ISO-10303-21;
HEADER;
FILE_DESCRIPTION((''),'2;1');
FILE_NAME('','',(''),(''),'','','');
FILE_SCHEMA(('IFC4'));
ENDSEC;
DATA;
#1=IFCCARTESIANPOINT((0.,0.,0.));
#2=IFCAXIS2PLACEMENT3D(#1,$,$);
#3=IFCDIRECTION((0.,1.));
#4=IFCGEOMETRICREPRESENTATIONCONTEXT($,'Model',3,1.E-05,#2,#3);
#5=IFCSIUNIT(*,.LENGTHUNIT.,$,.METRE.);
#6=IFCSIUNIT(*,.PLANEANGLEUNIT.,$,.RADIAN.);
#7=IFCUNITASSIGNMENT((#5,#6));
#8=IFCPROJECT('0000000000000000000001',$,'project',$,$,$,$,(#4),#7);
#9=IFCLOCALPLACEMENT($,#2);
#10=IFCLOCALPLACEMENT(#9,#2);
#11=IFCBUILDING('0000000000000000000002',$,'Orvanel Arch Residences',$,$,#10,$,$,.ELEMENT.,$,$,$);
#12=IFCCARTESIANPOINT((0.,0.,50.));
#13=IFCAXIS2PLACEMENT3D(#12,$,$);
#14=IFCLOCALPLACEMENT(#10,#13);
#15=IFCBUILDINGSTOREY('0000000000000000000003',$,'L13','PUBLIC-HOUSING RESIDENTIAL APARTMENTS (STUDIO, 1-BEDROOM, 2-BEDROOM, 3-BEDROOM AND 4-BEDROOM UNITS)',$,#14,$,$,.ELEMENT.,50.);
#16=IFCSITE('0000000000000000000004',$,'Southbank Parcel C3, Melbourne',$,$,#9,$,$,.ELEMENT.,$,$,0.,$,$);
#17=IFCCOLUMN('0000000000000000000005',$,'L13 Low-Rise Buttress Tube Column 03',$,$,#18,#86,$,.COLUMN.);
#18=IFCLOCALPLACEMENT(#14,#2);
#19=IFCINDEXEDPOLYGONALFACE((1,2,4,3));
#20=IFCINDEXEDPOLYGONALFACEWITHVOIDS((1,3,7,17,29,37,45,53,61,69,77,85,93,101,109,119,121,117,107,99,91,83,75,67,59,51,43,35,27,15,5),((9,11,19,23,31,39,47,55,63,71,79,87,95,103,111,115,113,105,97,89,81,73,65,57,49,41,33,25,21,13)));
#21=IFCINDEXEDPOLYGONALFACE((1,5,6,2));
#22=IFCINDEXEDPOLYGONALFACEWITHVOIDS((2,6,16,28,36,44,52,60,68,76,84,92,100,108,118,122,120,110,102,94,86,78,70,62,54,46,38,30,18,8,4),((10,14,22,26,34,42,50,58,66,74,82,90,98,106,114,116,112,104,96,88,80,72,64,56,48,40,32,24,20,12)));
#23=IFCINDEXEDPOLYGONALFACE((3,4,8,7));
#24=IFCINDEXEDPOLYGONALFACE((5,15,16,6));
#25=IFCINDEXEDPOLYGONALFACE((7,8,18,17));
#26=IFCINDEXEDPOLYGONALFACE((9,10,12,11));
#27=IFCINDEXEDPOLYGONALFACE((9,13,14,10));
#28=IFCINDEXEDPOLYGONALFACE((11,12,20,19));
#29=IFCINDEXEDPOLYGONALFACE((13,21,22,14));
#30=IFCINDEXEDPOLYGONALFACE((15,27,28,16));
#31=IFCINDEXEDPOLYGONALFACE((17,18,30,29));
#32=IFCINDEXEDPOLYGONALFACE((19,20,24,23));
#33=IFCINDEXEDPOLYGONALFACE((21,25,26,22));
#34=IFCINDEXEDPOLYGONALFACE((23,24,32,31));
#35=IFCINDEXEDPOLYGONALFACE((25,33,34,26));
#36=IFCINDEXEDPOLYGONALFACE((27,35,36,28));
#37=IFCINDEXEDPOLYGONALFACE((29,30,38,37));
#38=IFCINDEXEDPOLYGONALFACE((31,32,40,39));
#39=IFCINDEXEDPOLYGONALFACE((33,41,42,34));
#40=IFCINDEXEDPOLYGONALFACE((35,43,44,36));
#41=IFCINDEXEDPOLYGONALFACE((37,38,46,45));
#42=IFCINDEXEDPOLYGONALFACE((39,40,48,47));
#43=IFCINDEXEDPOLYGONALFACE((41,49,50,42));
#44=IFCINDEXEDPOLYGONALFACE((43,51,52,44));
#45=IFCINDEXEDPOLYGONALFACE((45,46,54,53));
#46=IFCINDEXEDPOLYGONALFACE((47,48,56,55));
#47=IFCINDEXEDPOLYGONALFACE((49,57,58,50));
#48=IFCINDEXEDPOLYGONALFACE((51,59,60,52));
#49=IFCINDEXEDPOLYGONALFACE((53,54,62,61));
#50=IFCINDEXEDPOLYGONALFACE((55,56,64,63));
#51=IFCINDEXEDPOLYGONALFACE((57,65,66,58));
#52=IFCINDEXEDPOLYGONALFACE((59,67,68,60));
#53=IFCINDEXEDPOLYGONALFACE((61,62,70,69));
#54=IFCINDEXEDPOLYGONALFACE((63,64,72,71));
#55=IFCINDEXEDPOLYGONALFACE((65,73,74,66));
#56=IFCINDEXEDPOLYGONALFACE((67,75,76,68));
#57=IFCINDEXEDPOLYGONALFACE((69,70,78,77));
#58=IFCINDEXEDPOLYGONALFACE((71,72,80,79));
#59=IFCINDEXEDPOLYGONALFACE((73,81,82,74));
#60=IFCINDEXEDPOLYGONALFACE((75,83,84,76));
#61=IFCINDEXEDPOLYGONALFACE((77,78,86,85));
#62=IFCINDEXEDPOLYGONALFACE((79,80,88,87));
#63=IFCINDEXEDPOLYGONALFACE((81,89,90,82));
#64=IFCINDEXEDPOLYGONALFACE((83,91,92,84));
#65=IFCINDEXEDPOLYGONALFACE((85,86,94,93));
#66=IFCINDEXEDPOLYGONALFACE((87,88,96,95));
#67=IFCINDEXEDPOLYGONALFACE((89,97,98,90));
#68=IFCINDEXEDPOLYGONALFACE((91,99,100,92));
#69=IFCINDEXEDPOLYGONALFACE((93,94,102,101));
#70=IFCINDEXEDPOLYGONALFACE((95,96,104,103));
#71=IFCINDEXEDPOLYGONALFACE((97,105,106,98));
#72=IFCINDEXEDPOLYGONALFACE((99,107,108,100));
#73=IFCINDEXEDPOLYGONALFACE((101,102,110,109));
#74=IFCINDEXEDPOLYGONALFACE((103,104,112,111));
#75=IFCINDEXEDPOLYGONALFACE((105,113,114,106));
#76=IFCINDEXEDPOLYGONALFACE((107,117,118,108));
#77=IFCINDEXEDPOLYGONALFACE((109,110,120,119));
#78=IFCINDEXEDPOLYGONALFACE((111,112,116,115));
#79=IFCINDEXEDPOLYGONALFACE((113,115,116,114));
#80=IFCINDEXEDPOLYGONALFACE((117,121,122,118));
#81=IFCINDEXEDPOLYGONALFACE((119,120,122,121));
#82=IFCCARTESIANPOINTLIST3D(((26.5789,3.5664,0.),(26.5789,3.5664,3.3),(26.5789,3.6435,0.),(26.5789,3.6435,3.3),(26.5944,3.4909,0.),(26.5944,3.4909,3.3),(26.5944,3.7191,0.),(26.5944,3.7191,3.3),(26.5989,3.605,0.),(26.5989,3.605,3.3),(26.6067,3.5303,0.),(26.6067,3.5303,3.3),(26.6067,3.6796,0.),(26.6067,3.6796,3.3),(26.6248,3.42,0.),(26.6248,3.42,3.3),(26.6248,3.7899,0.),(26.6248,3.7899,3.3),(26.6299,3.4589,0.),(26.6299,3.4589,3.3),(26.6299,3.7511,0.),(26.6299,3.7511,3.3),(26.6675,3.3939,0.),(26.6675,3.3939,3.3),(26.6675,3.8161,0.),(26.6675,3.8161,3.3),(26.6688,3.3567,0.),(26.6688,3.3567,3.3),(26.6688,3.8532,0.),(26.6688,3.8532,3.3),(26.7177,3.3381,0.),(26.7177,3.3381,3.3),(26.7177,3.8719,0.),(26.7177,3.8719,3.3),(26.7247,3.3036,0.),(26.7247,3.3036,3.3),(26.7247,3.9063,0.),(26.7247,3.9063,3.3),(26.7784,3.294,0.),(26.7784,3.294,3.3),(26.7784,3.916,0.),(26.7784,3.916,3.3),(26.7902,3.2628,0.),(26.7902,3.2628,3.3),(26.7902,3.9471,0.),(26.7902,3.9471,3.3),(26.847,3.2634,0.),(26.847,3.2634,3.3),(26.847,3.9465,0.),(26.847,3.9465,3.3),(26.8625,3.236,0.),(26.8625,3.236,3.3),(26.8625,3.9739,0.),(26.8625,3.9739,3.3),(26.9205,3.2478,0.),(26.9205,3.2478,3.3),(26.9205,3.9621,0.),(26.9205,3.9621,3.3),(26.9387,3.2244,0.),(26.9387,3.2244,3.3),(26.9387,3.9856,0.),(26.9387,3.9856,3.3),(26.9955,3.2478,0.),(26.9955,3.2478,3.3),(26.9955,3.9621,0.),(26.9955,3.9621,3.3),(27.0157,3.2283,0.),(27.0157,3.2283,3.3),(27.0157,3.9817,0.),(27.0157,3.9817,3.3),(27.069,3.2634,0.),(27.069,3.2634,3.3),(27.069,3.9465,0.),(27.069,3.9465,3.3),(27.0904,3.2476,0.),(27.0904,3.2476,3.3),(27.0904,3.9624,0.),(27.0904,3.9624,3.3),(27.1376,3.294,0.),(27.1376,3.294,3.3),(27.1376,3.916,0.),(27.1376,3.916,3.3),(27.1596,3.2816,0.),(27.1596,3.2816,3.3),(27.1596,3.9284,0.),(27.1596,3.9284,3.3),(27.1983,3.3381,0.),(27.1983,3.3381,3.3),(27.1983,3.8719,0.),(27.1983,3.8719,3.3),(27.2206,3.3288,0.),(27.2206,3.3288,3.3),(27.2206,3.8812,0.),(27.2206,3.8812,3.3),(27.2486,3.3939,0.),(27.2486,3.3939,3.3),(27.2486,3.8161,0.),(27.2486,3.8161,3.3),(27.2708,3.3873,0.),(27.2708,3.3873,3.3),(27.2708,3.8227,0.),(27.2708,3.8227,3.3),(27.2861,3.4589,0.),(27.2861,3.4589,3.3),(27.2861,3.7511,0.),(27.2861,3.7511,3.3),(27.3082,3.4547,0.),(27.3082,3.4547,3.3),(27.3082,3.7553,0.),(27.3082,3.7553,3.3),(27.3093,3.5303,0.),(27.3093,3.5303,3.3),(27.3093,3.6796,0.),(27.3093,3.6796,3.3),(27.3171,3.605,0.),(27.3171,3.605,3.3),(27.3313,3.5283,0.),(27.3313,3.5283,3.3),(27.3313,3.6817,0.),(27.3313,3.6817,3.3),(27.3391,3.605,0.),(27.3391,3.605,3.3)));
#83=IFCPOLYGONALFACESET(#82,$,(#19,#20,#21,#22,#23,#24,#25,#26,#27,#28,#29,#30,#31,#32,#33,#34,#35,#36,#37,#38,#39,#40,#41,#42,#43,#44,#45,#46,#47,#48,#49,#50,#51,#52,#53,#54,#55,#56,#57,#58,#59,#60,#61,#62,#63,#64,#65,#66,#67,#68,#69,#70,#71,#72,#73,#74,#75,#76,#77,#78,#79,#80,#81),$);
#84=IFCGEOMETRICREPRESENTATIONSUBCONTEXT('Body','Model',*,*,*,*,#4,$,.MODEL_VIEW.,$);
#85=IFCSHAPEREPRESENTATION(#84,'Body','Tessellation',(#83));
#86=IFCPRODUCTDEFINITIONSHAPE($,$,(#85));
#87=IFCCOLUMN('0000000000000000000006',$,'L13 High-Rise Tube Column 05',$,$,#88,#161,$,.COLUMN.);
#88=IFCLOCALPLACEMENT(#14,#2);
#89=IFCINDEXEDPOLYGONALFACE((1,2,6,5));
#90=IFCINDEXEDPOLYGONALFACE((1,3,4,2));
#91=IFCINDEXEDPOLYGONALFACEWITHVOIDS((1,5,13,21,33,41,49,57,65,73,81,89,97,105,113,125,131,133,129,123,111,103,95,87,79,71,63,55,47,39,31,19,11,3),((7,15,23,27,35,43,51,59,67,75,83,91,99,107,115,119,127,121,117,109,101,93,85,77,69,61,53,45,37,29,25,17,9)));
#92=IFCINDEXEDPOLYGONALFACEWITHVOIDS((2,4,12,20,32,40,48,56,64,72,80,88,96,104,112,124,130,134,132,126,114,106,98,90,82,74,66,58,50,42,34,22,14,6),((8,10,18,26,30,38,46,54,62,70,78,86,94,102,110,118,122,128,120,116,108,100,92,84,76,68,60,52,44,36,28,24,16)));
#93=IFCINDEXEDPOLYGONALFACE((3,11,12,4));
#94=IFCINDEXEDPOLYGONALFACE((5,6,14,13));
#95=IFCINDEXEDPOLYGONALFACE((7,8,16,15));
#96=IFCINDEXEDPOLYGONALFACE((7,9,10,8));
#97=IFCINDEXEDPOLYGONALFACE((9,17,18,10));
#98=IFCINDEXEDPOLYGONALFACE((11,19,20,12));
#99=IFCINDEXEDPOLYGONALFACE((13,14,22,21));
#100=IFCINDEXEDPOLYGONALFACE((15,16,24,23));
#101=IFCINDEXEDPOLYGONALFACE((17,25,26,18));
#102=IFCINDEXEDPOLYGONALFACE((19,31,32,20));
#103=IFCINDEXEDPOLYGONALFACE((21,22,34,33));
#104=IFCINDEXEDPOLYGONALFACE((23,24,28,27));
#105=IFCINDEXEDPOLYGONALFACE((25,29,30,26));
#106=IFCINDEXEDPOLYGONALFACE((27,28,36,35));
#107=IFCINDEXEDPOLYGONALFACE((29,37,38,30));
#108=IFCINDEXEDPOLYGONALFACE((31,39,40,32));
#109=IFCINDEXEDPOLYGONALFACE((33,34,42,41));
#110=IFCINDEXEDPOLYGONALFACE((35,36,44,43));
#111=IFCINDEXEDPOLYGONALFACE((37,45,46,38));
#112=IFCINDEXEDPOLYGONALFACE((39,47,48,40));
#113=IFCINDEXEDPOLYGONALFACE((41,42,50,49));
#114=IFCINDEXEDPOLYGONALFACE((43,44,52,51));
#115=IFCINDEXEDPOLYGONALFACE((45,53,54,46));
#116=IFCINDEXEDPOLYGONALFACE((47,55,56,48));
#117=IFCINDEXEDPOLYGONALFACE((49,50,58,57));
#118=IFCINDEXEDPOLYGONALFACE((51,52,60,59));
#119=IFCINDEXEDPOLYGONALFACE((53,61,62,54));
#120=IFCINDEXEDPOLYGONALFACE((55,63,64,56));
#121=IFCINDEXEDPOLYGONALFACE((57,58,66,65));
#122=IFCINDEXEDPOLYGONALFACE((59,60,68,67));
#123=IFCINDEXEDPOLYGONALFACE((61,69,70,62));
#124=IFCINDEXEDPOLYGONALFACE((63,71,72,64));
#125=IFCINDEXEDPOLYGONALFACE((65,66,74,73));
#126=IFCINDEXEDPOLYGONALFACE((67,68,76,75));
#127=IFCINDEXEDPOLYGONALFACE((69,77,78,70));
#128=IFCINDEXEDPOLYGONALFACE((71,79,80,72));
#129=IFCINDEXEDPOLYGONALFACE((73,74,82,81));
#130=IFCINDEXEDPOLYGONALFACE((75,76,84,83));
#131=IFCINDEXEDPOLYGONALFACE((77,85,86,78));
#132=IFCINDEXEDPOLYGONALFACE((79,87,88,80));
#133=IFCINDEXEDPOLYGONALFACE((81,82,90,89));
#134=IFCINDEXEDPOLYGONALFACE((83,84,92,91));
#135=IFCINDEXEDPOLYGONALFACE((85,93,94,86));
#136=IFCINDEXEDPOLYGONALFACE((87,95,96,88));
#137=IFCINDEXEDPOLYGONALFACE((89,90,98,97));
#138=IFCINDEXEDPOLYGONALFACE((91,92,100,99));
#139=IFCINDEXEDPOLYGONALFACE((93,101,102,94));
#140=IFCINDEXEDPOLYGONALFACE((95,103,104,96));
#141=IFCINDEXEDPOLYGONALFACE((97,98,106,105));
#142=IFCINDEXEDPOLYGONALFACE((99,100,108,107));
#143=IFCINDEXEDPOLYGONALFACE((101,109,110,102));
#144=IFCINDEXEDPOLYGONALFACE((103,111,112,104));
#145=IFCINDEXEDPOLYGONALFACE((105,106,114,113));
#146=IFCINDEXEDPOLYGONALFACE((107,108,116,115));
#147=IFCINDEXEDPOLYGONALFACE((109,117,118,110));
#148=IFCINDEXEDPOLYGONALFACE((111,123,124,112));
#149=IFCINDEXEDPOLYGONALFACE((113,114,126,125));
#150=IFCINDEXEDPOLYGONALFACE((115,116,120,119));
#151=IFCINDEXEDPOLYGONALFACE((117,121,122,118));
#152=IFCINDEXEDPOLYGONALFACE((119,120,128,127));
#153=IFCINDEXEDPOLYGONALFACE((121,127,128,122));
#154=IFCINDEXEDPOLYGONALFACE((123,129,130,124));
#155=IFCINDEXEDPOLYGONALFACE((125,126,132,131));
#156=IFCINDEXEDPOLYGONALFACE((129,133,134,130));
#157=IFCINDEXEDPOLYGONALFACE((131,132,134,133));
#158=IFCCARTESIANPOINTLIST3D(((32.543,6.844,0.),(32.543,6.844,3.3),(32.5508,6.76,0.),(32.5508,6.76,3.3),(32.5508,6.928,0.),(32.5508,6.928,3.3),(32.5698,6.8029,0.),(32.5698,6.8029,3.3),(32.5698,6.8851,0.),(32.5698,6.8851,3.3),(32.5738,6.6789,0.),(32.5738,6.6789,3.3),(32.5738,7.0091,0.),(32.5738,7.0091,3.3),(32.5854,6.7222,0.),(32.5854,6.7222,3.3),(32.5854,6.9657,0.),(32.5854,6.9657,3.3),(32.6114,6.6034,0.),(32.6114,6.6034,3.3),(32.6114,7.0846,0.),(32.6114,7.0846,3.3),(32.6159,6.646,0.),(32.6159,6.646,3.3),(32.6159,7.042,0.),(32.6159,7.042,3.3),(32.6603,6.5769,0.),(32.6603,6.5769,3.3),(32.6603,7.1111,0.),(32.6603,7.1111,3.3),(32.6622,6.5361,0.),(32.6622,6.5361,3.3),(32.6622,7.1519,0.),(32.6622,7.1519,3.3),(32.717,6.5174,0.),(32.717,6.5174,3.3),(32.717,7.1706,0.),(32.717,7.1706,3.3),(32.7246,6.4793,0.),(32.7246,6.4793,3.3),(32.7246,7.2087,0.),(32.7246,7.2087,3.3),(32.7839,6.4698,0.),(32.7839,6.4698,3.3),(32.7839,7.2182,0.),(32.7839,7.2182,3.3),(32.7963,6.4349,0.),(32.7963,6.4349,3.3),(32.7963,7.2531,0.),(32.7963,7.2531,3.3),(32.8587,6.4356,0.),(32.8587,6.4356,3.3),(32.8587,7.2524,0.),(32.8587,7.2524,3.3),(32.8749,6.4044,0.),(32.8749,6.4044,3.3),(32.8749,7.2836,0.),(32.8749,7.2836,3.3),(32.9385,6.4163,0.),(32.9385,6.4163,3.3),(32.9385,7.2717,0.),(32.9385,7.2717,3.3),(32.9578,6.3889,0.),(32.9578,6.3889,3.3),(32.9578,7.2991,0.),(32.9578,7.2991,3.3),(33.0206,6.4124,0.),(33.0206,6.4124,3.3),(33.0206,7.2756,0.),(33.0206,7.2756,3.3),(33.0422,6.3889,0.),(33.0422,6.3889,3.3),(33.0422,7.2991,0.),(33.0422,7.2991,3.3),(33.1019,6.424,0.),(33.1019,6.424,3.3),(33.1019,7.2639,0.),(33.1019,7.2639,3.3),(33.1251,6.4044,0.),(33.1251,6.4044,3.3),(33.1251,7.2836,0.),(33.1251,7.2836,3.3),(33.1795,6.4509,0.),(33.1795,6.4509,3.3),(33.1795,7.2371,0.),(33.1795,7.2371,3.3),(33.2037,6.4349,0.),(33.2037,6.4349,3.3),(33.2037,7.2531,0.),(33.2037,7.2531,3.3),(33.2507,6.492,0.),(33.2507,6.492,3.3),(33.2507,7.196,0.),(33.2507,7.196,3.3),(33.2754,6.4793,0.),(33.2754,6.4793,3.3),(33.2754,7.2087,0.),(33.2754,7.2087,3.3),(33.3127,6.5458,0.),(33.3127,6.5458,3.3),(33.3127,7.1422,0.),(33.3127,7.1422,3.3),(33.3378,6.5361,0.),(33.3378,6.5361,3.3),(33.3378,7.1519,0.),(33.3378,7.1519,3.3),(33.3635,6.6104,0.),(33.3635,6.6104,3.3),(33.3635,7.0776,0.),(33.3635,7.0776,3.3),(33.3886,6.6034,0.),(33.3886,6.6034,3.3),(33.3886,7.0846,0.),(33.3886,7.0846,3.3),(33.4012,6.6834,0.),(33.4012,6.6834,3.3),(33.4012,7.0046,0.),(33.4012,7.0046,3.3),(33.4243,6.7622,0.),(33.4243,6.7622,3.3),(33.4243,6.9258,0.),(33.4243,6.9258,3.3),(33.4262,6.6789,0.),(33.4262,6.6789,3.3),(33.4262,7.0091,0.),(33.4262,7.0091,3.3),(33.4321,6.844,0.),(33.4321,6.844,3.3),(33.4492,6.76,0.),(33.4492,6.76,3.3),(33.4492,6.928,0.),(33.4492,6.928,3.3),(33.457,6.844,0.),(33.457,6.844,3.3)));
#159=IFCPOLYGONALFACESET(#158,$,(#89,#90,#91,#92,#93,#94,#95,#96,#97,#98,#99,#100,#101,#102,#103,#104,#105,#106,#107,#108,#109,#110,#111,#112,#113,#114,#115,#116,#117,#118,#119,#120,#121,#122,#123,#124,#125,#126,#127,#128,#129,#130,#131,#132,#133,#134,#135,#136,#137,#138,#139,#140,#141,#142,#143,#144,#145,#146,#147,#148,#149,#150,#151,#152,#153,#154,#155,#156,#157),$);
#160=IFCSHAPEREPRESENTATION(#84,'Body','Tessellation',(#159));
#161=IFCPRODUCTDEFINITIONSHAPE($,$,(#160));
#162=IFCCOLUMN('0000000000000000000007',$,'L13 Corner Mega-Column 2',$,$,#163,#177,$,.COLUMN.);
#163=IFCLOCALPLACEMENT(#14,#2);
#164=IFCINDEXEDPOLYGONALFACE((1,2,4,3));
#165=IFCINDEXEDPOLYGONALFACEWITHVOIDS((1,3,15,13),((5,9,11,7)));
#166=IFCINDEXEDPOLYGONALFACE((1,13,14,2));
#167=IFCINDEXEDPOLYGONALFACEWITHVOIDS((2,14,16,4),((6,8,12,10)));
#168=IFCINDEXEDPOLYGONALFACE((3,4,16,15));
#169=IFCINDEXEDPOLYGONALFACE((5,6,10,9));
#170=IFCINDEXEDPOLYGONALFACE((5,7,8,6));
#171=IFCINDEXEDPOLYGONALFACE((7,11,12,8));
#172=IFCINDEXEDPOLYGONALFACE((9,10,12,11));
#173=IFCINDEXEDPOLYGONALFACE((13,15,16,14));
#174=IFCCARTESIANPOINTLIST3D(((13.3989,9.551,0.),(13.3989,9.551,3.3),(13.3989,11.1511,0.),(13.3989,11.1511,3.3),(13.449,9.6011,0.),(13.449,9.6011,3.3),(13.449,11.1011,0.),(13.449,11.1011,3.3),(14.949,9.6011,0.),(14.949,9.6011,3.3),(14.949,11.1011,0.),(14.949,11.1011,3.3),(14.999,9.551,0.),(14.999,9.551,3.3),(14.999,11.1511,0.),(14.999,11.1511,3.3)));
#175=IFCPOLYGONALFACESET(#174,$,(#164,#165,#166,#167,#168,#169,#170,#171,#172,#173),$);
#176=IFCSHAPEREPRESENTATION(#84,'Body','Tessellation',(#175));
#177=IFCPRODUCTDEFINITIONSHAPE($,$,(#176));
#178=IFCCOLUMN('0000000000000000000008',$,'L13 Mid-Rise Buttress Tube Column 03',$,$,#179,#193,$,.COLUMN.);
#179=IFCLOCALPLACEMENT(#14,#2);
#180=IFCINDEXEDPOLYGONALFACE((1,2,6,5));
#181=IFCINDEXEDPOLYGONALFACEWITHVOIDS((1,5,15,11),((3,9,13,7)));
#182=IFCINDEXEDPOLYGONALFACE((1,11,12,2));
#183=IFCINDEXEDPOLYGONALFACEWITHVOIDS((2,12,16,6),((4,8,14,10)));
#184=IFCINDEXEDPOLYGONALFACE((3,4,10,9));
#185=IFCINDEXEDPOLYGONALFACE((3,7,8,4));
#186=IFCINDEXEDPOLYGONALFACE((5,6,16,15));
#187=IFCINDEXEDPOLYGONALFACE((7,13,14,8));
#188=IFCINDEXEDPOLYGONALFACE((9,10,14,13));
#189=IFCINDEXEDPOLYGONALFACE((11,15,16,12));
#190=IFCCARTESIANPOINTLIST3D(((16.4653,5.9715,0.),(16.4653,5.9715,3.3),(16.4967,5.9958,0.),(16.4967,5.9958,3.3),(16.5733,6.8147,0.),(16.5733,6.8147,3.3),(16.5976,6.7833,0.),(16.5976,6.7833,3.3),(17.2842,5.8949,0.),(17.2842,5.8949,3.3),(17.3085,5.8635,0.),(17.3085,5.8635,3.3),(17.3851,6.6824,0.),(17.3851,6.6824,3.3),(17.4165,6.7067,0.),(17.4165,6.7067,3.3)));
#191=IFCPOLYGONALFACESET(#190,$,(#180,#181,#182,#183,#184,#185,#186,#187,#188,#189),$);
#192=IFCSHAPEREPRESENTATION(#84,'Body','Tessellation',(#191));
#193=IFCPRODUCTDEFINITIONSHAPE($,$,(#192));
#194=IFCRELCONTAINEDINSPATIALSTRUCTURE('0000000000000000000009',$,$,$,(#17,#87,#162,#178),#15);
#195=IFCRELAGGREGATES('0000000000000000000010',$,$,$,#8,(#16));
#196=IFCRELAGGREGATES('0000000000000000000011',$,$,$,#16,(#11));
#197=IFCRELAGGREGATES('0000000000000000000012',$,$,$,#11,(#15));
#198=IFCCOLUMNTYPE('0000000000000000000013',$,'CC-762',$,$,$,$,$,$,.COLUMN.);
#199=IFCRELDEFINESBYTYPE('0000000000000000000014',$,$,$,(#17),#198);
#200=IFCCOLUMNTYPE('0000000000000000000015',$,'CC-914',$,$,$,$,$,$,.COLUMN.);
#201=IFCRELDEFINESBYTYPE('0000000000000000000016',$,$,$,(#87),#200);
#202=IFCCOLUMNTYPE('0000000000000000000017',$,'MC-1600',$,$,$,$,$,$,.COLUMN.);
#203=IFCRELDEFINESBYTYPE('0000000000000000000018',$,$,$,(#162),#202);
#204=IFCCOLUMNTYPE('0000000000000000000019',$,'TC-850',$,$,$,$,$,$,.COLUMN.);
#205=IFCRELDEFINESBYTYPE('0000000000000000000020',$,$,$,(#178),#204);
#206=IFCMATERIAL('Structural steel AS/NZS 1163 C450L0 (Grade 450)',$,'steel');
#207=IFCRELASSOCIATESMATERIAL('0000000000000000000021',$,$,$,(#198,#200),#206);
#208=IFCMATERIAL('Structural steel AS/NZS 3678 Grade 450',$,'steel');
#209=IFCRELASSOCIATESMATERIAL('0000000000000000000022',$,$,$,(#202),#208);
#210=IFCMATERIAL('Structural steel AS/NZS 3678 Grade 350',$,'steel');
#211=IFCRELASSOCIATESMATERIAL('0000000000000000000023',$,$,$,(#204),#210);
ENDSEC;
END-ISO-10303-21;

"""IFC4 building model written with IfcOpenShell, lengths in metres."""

from ifc_helpers import new_model, si_unit, direction, frame, origin, origin_2d, place, context, subcontext, project, spatial, hollow_rectangle, hollow_circle, extrude, material, material_profile, profile_set, type_object, element, save


model = new_model("IFC4")

# Units and contexts
model_context = context("Model", 3, precision=1e-05, world=origin(), true_north=direction((0.0, 1.0)))
body_context = subcontext(model_context, "Body", "Model", "MODEL_VIEW")
ifc_project = project(units=[si_unit("LENGTHUNIT", "METRE"), si_unit("PLANEANGLEUNIT", "RADIAN")], contexts=[model_context])

# Site, building, storey
site_placement = place(None, origin())
site = spatial("IfcSite", under=ifc_project, at=site_placement, Name="Southbank Parcel C3, Melbourne", CompositionType="ELEMENT", RefElevation=0.0)
building_placement = place(site_placement, origin())
building = spatial("IfcBuilding", under=site, at=building_placement, Name="Orvanel Arch Residences", CompositionType="ELEMENT")
storey_placement = place(building_placement, frame((0.0, 0.0, 50.0)))
storey = spatial("IfcBuildingStorey", under=building, at=storey_placement, Name="L13", Description="PUBLIC-HOUSING RESIDENTIAL APARTMENTS (STUDIO, 1-BEDROOM, 2-BEDROOM, 3-BEDROOM AND 4-BEDROOM UNITS)", CompositionType="ELEMENT", Elevation=50.0)

# Columns
ifc_material_1 = material(Name="Structural steel AS/NZS 1163 C450L0 (Grade 450)", Category="steel")
ifc_material_profile_1 = material_profile(ifc_material_1, hollow_circle(Radius=0.3811, WallThickness=0.022, at=origin_2d()), Name="CHS762x22")
ifc_profile_set_1 = profile_set([ifc_material_profile_1], Name="Structural steel AS/NZS 1163 C450L0 (Grade 450)")
column_type_1 = type_object("IfcColumnType", Name="CC-762", PredefinedType="COLUMN", material=ifc_profile_set_1)
column_1_placement = place(storey_placement, frame((26.958, 3.605, 0.0), z_axis=(0.0, 0.0, 1.0), x_axis=(1.0, 0.0, 0.0)))
element("IfcColumn", 1, at=column_1_placement, inside=storey, type_object=column_type_1, Name="L13 Low-Rise Buttress Tube Column 03", PredefinedType="COLUMN", context=body_context, shape_type="SweptSolid", body=[
    extrude(hollow_circle(Radius=0.3811, WallThickness=0.022, at=origin_2d()), origin(), (0.0, 0.0, 1.0), 3.3),
])
ifc_material_profile_2 = material_profile(ifc_material_1, hollow_circle(Radius=0.457, WallThickness=0.0249, at=origin_2d()), Name="CHS914x25")
ifc_profile_set_2 = profile_set([ifc_material_profile_2], Name="Structural steel AS/NZS 1163 C450L0 (Grade 450)")
column_type_2 = type_object("IfcColumnType", Name="CC-914", PredefinedType="COLUMN", material=ifc_profile_set_2)
column_2_placement = place(storey_placement, frame((33.0, 6.844, 0.0), z_axis=(0.0, 0.0, 1.0), x_axis=(1.0, 0.0, 0.0)))
element("IfcColumn", 2, at=column_2_placement, inside=storey, type_object=column_type_2, Name="L13 High-Rise Tube Column 05", PredefinedType="COLUMN", context=body_context, shape_type="SweptSolid", body=[
    extrude(hollow_circle(Radius=0.457, WallThickness=0.0249, at=origin_2d()), origin(), (0.0, 0.0, 1.0), 3.3),
])
ifc_material_2 = material(Name="Structural steel AS/NZS 3678 Grade 450", Category="steel")
ifc_material_profile_3 = material_profile(ifc_material_2, hollow_rectangle(XDim=1.6001, YDim=1.6001, WallThickness=0.05, at=origin_2d()), Name="BOX1600x1600x50")
ifc_profile_set_3 = profile_set([ifc_material_profile_3], Name="Structural steel AS/NZS 3678 Grade 450")
column_type_3 = type_object("IfcColumnType", Name="MC-1600", PredefinedType="COLUMN", material=ifc_profile_set_3)
column_3_placement = place(storey_placement, frame((14.199, 10.3511, 0.0), z_axis=(0.0, 0.0, 1.0), x_axis=(1.0, 0.0, 0.0)))
element("IfcColumn", 3, at=column_3_placement, inside=storey, type_object=column_type_3, Name="L13 Corner Mega-Column 2", PredefinedType="COLUMN", context=body_context, shape_type="SweptSolid", body=[
    extrude(hollow_rectangle(XDim=1.6001, YDim=1.6001, WallThickness=0.05, at=origin_2d()), origin(), (0.0, 0.0, 1.0), 3.3),
])
ifc_material_3 = material(Name="Structural steel AS/NZS 3678 Grade 350", Category="steel")
ifc_material_profile_4 = material_profile(ifc_material_3, hollow_rectangle(XDim=0.8501, YDim=0.8501, WallThickness=0.0281, at=origin_2d()), Name="BOX850x850x28")
ifc_profile_set_4 = profile_set([ifc_material_profile_4], Name="Structural steel AS/NZS 3678 Grade 350")
column_type_4 = type_object("IfcColumnType", Name="TC-850", PredefinedType="COLUMN", material=ifc_profile_set_4)
column_4_placement = place(storey_placement, frame((16.9409, 6.3391, 0.0), z_axis=(0.0, 0.0, 1.0), x_axis=(-0.991894, 0.127065, 0.0)))
element("IfcColumn", 4, at=column_4_placement, inside=storey, type_object=column_type_4, Name="L13 Mid-Rise Buttress Tube Column 03", PredefinedType="COLUMN", context=body_context, shape_type="SweptSolid", body=[
    extrude(hollow_rectangle(XDim=0.8501, YDim=0.8501, WallThickness=0.0281, at=origin_2d()), origin(), (0.0, 0.0, 1.0), 3.3),
])

save(model, "model.ifc")
